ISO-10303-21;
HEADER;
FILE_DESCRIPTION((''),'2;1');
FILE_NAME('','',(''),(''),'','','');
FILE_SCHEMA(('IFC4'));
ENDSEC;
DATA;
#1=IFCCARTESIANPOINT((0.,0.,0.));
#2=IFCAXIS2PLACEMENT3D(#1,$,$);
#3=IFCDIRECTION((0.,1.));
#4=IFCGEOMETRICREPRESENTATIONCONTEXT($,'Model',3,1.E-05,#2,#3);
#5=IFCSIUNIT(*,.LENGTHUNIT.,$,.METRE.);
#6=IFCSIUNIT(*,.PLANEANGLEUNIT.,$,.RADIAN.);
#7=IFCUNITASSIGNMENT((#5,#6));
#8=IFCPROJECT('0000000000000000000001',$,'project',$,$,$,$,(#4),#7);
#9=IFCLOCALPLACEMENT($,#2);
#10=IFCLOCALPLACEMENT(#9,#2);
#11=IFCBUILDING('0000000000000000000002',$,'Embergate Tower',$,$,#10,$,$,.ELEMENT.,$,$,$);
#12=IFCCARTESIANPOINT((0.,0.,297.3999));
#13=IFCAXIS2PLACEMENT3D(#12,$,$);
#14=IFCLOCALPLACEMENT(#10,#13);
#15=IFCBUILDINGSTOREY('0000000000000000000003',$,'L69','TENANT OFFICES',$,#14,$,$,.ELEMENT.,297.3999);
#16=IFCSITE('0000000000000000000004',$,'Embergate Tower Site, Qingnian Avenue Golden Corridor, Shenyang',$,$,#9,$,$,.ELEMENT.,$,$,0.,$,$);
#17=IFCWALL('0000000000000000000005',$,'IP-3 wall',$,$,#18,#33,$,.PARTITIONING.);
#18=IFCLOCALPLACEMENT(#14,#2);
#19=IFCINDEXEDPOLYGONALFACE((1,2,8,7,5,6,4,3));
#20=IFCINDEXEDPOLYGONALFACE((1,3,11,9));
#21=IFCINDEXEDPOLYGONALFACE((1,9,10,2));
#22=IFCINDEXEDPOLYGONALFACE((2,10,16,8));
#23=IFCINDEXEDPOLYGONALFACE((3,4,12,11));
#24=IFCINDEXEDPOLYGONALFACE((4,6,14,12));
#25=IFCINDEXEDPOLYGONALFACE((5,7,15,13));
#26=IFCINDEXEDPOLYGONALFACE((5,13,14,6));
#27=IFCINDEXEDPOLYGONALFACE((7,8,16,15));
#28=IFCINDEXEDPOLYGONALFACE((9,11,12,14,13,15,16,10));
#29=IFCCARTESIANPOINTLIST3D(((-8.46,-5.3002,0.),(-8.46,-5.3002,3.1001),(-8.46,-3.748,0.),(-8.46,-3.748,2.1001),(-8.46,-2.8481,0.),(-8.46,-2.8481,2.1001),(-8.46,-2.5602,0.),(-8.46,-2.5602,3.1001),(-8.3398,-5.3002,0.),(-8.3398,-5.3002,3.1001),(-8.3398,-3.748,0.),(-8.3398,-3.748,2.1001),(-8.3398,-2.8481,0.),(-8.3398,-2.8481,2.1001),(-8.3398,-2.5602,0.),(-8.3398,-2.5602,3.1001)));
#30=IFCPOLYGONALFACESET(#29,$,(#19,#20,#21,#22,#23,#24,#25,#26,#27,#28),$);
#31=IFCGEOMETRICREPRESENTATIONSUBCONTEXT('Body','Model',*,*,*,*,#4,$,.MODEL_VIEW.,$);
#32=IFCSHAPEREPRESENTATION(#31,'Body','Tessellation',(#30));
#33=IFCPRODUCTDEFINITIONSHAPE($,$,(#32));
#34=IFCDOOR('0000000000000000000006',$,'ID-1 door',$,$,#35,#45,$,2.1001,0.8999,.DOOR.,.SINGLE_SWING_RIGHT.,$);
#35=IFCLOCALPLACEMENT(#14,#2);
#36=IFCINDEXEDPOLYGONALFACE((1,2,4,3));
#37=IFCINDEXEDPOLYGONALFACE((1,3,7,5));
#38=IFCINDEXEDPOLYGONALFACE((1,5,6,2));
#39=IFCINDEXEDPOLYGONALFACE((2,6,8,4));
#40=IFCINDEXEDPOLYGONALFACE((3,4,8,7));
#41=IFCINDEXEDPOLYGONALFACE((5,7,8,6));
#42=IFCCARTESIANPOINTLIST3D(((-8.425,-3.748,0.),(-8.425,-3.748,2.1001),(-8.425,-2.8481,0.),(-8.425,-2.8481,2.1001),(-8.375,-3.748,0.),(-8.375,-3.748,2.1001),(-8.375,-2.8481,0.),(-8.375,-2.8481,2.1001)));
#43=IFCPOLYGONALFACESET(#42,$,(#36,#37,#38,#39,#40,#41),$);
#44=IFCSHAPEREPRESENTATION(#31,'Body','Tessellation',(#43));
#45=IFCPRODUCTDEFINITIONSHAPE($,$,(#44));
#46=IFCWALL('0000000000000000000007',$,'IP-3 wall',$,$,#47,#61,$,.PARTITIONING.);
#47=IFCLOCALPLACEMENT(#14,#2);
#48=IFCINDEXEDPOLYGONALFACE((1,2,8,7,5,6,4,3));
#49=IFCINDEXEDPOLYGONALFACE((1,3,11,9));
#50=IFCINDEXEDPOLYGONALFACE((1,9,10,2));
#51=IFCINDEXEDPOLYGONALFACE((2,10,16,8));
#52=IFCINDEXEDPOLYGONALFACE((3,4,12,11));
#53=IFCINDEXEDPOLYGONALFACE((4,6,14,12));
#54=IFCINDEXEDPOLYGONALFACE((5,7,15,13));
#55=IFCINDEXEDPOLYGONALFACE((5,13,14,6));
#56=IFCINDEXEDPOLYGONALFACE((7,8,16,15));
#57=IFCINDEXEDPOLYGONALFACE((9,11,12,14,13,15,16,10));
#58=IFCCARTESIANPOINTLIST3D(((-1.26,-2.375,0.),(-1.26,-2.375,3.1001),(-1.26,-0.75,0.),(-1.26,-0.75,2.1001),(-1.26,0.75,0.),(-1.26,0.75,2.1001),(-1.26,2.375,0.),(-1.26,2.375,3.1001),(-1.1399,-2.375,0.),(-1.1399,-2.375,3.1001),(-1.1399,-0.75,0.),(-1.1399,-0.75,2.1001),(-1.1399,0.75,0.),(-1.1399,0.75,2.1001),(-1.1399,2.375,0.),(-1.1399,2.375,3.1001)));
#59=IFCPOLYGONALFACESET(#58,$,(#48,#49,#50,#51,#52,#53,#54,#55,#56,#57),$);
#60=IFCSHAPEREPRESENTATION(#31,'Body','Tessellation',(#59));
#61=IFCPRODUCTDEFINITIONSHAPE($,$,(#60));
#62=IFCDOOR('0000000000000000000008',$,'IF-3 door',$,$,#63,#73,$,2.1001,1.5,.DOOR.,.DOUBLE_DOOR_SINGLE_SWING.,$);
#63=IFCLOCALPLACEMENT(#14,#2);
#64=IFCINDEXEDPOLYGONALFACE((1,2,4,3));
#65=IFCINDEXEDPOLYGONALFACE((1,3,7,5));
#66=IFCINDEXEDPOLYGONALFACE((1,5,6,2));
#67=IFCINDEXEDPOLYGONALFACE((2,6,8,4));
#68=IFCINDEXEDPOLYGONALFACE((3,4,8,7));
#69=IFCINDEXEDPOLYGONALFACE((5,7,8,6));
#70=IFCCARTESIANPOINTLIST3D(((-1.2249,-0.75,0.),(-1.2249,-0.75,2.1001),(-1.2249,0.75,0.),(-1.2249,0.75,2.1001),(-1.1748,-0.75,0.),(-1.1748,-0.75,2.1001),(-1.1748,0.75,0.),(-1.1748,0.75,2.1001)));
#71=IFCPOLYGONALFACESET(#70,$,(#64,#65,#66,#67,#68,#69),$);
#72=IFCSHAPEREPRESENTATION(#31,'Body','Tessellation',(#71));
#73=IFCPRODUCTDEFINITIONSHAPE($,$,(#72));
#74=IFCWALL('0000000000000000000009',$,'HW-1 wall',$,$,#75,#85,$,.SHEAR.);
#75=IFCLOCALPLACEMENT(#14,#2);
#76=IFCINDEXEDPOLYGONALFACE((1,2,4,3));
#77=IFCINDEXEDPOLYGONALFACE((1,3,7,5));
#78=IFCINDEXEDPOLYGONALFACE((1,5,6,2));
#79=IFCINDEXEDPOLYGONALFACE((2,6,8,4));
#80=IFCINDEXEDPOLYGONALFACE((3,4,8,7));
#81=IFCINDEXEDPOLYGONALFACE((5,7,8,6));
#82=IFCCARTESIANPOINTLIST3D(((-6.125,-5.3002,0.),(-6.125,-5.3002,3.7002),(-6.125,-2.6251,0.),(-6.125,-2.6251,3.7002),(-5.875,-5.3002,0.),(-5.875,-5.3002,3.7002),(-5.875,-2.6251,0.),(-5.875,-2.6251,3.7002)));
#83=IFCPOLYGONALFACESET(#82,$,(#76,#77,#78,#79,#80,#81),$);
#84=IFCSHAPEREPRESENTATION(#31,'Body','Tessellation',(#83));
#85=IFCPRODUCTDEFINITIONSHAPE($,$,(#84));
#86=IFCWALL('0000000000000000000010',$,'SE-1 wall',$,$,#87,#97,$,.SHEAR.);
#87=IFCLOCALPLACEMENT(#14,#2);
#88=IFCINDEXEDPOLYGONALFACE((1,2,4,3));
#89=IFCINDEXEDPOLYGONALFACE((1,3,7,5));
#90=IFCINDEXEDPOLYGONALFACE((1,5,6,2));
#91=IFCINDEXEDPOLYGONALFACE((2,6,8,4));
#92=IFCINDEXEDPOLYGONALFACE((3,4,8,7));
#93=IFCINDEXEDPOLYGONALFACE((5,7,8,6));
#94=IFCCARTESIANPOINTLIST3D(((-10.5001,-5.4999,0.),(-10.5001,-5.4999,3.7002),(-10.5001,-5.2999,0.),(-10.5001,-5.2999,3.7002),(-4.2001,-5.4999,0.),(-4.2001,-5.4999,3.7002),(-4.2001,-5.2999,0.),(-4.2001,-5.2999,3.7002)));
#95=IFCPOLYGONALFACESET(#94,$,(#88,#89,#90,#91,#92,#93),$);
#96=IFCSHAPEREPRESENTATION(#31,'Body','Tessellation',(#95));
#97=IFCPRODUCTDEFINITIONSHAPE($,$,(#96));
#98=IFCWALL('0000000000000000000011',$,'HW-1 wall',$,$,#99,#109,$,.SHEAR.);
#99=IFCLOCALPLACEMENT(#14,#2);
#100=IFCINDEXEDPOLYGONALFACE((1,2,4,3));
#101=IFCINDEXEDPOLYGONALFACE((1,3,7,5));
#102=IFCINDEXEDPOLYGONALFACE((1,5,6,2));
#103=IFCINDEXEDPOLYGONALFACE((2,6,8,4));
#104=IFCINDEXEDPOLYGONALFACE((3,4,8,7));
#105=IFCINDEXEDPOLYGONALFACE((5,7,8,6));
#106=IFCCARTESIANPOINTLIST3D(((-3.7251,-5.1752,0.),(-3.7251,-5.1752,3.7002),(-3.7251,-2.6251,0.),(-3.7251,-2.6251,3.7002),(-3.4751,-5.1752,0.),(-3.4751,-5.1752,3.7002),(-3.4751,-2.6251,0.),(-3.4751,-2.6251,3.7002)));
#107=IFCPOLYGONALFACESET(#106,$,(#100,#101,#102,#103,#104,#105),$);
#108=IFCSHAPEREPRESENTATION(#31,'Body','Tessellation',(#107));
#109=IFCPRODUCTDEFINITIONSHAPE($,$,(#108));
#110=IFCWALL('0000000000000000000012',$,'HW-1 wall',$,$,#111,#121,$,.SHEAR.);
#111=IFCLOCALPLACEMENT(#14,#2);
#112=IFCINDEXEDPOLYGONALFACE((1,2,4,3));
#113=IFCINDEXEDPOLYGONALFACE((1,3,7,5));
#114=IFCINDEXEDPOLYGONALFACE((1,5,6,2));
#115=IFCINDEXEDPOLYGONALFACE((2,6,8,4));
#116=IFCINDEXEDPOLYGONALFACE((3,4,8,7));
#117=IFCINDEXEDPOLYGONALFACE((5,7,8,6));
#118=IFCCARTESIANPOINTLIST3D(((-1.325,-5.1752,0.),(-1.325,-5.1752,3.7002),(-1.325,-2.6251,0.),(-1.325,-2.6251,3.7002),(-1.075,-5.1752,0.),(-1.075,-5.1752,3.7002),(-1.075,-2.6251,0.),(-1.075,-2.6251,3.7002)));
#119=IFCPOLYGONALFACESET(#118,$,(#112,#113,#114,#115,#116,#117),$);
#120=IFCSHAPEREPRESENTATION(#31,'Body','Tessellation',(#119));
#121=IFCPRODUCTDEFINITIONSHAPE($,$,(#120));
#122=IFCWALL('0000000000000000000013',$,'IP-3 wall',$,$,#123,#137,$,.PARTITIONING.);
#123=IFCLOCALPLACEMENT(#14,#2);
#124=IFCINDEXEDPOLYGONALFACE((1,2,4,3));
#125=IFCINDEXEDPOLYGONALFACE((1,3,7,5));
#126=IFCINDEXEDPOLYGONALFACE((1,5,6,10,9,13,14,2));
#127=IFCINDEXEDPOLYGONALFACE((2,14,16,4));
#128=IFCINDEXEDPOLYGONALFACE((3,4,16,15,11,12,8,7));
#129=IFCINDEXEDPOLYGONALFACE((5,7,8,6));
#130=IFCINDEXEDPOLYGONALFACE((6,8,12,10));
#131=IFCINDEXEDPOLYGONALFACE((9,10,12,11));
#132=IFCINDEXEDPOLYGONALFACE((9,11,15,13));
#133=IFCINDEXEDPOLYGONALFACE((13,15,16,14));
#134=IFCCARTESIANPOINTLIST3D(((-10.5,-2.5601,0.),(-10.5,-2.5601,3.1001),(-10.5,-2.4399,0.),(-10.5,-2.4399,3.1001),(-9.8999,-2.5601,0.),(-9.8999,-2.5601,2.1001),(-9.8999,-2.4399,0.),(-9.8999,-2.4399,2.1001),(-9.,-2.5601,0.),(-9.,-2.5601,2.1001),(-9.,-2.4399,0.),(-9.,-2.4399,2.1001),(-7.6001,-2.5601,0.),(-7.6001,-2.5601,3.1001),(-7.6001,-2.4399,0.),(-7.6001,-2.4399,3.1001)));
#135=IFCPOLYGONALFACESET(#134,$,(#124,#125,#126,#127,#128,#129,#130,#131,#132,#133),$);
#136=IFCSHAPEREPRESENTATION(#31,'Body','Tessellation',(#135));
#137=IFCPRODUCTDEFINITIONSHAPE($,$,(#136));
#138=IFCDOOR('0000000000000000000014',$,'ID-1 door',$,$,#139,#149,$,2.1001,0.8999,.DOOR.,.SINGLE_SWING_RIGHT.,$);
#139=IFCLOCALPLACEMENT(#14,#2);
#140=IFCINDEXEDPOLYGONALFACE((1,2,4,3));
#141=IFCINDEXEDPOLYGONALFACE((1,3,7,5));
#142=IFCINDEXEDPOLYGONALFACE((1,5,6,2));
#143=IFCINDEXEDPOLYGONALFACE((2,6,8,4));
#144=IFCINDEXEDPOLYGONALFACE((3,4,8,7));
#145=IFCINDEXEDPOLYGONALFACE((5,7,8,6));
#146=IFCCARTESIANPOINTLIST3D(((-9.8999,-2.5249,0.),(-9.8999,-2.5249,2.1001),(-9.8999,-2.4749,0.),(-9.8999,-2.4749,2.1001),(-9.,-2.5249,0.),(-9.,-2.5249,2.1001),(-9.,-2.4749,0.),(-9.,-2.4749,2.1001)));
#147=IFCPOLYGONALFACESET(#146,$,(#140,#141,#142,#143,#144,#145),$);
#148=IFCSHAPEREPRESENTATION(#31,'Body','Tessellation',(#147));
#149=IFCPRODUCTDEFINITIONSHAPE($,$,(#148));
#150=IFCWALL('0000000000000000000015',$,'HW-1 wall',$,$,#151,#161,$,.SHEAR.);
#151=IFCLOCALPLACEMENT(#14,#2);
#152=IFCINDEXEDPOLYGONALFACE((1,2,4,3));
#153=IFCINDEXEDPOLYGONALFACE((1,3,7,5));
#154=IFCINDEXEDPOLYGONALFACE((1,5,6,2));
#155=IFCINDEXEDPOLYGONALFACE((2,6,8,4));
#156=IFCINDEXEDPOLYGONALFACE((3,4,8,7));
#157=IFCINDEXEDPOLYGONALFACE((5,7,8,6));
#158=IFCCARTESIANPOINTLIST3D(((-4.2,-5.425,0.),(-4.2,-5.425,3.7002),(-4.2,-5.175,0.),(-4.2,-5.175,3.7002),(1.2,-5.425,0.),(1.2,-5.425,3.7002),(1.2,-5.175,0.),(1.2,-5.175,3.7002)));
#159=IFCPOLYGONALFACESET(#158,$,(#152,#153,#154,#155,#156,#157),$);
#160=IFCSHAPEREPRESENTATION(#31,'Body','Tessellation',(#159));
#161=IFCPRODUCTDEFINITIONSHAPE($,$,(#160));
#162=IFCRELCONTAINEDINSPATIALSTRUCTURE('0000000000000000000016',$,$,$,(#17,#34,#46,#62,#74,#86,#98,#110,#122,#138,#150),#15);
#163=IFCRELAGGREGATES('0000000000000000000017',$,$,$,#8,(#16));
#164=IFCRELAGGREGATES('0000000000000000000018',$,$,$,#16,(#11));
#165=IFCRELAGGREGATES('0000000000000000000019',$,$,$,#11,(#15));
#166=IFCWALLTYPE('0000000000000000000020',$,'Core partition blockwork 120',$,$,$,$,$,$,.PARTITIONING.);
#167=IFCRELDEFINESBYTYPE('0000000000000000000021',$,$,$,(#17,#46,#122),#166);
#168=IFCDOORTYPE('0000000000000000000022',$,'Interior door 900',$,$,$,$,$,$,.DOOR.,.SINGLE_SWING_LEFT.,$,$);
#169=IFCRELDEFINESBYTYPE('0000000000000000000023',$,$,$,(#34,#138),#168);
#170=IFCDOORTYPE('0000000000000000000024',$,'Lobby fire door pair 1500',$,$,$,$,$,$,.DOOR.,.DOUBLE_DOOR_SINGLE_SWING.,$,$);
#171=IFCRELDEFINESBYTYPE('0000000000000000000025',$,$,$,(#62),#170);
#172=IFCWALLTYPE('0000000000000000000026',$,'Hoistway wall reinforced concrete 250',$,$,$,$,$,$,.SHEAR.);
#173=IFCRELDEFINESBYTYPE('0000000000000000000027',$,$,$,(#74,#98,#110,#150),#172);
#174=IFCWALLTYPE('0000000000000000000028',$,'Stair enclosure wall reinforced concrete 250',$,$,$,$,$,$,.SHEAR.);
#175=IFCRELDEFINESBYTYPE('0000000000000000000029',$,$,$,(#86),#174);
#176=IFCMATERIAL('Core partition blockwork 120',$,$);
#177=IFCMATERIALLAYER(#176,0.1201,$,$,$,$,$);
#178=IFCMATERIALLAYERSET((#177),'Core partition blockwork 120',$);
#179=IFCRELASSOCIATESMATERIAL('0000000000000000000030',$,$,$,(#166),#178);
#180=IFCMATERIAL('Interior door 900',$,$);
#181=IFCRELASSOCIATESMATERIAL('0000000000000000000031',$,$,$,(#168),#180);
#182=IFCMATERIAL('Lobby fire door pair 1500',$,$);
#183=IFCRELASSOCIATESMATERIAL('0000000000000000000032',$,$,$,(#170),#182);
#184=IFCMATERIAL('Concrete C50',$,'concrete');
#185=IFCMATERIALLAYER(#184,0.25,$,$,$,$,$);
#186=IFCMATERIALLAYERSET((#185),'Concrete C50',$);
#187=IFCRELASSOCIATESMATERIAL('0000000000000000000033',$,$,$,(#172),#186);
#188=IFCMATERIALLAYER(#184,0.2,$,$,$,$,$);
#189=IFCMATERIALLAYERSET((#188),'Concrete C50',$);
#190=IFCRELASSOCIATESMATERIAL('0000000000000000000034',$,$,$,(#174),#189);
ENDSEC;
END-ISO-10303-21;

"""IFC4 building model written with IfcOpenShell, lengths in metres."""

from ifc_helpers import new_model, si_unit, direction, frame, frame_2d, origin, place, context, subcontext, project, spatial, rectangle, extrude, source, transform, mapped, material, layer, layer_set, type_object, element, fill, save


model = new_model("IFC4")

# Units and contexts
model_context = context("Model", 3, precision=1e-05, world=origin(), true_north=direction((0.0, 1.0)))
body_context = subcontext(model_context, "Body", "Model", "MODEL_VIEW")
ifc_project = project(units=[si_unit("LENGTHUNIT", "METRE"), si_unit("PLANEANGLEUNIT", "RADIAN")], contexts=[model_context])

# Site, building, storey
site_placement = place(None, origin())
site = spatial("IfcSite", under=ifc_project, at=site_placement, Name="Embergate Tower Site, Qingnian Avenue Golden Corridor, Shenyang", CompositionType="ELEMENT", RefElevation=0.0)
building_placement = place(site_placement, origin())
building = spatial("IfcBuilding", under=site, at=building_placement, Name="Embergate Tower", CompositionType="ELEMENT")
storey_placement = place(building_placement, frame((0.0, 0.0, 297.3999)))
storey = spatial("IfcBuildingStorey", under=building, at=storey_placement, Name="L69", Description="TENANT OFFICES", CompositionType="ELEMENT", Elevation=297.3999)

# Walls, openings, doors
ifc_material_1 = material(Name="Core partition blockwork 120")
ifc_layer_1 = layer(ifc_material_1, 0.1201)
ifc_layer_set_1 = layer_set([ifc_layer_1], Name="Core partition blockwork 120")
wall_type_1 = type_object("IfcWallType", Name="Core partition blockwork 120", PredefinedType="PARTITIONING", material=ifc_layer_set_1)
shared_shape_1 = source(origin(), body_context, "Body", "SweptSolid", [
    extrude(rectangle(XDim=2.74, YDim=0.1201, at=frame_2d((1.3701, 0.0))), origin(), (0.0, 0.0, 1.0), 3.1001),
])
wall_1_placement = place(storey_placement, frame((-8.3999, -2.5601, 0.0), z_axis=(0.0, 0.0, 1.0), x_axis=(0.0, -1.0, 0.0)))
wall_1 = element("IfcWall", 1, at=wall_1_placement, inside=storey, type_object=wall_type_1, Name="IP-3 wall", PredefinedType="PARTITIONING", context=body_context, shape_type="MappedRepresentation", body=[
    mapped(shared_shape_1, transform((0.0, 0.0, 0.0))),
])
shared_shape_2 = source(origin(), body_context, "Body", "SweptSolid", [
    extrude(rectangle(XDim=0.8999, YDim=2.1001, at=frame_2d((0.45, 1.05))), frame((0.0, 0.0701, 0.0), z_axis=(0.0, -1.0, 0.0), x_axis=(1.0, 0.0, 0.0)), (0.0, 0.0, 1.0), 0.1401),
])
opening_1_placement = place(wall_1_placement, frame((0.2881, 0.0, 0.0)))
opening_1 = element("IfcOpeningElement", 2, at=opening_1_placement, cuts=wall_1, PredefinedType="OPENING", context=body_context, shape_type="MappedRepresentation", body=[
    mapped(shared_shape_2, transform((0.0, 0.0, 0.0))),
])
ifc_material_2 = material(Name="Interior door 900")
door_type_1 = type_object("IfcDoorType", Name="Interior door 900", OperationType="SINGLE_SWING_LEFT", PredefinedType="DOOR", material=ifc_material_2)
shared_shape_3 = source(origin(), body_context, "Body", "SweptSolid", [
    extrude(rectangle(XDim=0.8999, YDim=2.1001, at=frame_2d((0.45, 1.05))), frame((0.0, 0.0249, 0.0), z_axis=(0.0, -1.0, 0.0), x_axis=(1.0, 0.0, 0.0)), (0.0, 0.0, 1.0), 0.05),
])
door_1_placement = place(opening_1_placement, origin())
door_1 = element("IfcDoor", 3, at=door_1_placement, inside=storey, type_object=door_type_1, Name="ID-1 door", OperationType="SINGLE_SWING_RIGHT", OverallHeight=2.1001, OverallWidth=0.8999, PredefinedType="DOOR", context=body_context, shape_type="MappedRepresentation", body=[
    mapped(shared_shape_3, transform((0.0, 0.0, 0.0))),
])
fill(opening_1, door_1)
shared_shape_4 = source(origin(), body_context, "Body", "SweptSolid", [
    extrude(rectangle(XDim=4.75, YDim=0.1201, at=frame_2d((2.375, 0.0))), origin(), (0.0, 0.0, 1.0), 3.1001),
])
wall_2_placement = place(storey_placement, frame((-1.2, -2.375, 0.0), z_axis=(0.0, 0.0, 1.0), x_axis=(0.0, 1.0, 0.0)))
wall_2 = element("IfcWall", 4, at=wall_2_placement, inside=storey, type_object=wall_type_1, Name="IP-3 wall", PredefinedType="PARTITIONING", context=body_context, shape_type="MappedRepresentation", body=[
    mapped(shared_shape_4, transform((0.0, 0.0, 0.0))),
])
shared_shape_5 = source(origin(), body_context, "Body", "SweptSolid", [
    extrude(rectangle(XDim=1.5, YDim=2.1001, at=frame_2d((0.75, 1.05))), frame((0.0, 0.0701, 0.0), z_axis=(0.0, -1.0, 0.0), x_axis=(1.0, 0.0, 0.0)), (0.0, 0.0, 1.0), 0.1401),
])
opening_2_placement = place(wall_2_placement, frame((1.625, 0.0, 0.0)))
opening_2 = element("IfcOpeningElement", 5, at=opening_2_placement, cuts=wall_2, PredefinedType="OPENING", context=body_context, shape_type="MappedRepresentation", body=[
    mapped(shared_shape_5, transform((0.0, 0.0, 0.0))),
])
ifc_material_3 = material(Name="Lobby fire door pair 1500")
door_type_2 = type_object("IfcDoorType", Name="Lobby fire door pair 1500", OperationType="DOUBLE_DOOR_SINGLE_SWING", PredefinedType="DOOR", material=ifc_material_3)
shared_shape_6 = source(origin(), body_context, "Body", "SweptSolid", [
    extrude(rectangle(XDim=1.5, YDim=2.1001, at=frame_2d((0.75, 1.05))), frame((0.0, 0.0249, 0.0), z_axis=(0.0, -1.0, 0.0), x_axis=(1.0, 0.0, 0.0)), (0.0, 0.0, 1.0), 0.05),
])
door_2_placement = place(opening_2_placement, origin())
door_2 = element("IfcDoor", 6, at=door_2_placement, inside=storey, type_object=door_type_2, Name="IF-3 door", OperationType="DOUBLE_DOOR_SINGLE_SWING", OverallHeight=2.1001, OverallWidth=1.5, PredefinedType="DOOR", context=body_context, shape_type="MappedRepresentation", body=[
    mapped(shared_shape_6, transform((0.0, 0.0, 0.0))),
])
fill(opening_2, door_2)

# Walls
ifc_material_4 = material(Name="Concrete C50", Category="concrete")
ifc_layer_2 = layer(ifc_material_4, 0.25)
ifc_layer_set_2 = layer_set([ifc_layer_2], Name="Concrete C50")
wall_type_2 = type_object("IfcWallType", Name="Hoistway wall reinforced concrete 250", PredefinedType="SHEAR", material=ifc_layer_set_2)
shared_shape_7 = source(origin(), body_context, "Body", "SweptSolid", [
    extrude(rectangle(XDim=2.675, YDim=0.25, at=frame_2d((1.3374, 0.0))), origin(), (0.0, 0.0, 1.0), 3.7002),
])
wall_3_placement = place(storey_placement, frame((-6.0, -5.3, 0.0), z_axis=(0.0, 0.0, 1.0), x_axis=(0.0, 1.0, 0.0)))
element("IfcWall", 7, at=wall_3_placement, inside=storey, type_object=wall_type_2, Name="HW-1 wall", PredefinedType="SHEAR", context=body_context, shape_type="MappedRepresentation", body=[
    mapped(shared_shape_7, transform((0.0, 0.0, 0.0))),
])
ifc_layer_3 = layer(ifc_material_4, 0.2)
ifc_layer_set_3 = layer_set([ifc_layer_3], Name="Concrete C50")
wall_type_3 = type_object("IfcWallType", Name="Stair enclosure wall reinforced concrete 250", PredefinedType="SHEAR", material=ifc_layer_set_3)
shared_shape_8 = source(origin(), body_context, "Body", "SweptSolid", [
    extrude(rectangle(XDim=6.3, YDim=0.2, at=frame_2d((3.1499, 0.0))), origin(), (0.0, 0.0, 1.0), 3.7002),
])
wall_4_placement = place(storey_placement, frame((-10.5, -5.3999, 0.0), z_axis=(0.0, 0.0, 1.0), x_axis=(1.0, 0.0, 0.0)))
element("IfcWall", 8, at=wall_4_placement, inside=storey, type_object=wall_type_3, Name="SE-1 wall", PredefinedType="SHEAR", context=body_context, shape_type="MappedRepresentation", body=[
    mapped(shared_shape_8, transform((0.0, 0.0, 0.0))),
])
shared_shape_9 = source(origin(), body_context, "Body", "SweptSolid", [
    extrude(rectangle(XDim=2.55, YDim=0.25, at=frame_2d((1.2749, 0.0))), origin(), (0.0, 0.0, 1.0), 3.7002),
])
for number, where, z_axis, x_axis, name in (
    (9, (-3.6001, -5.175, 0.0), (0.0, 0.0, 1.0), (0.0, 1.0, 0.0), "HW-1 wall"),
    (10, (-1.2, -5.175, 0.0), (0.0, 0.0, 1.0), (0.0, 1.0, 0.0), "HW-1 wall"),
):
    element("IfcWall", number, at=place(storey_placement, frame(where, z_axis=z_axis, x_axis=x_axis)), inside=storey, type_object=wall_type_2, Name=name, PredefinedType="SHEAR", context=body_context, shape_type="MappedRepresentation", body=[
        mapped(shared_shape_9, transform((0.0, 0.0, 0.0))),
    ])

# Wall, opening, door
shared_shape_10 = source(origin(), body_context, "Body", "SweptSolid", [
    extrude(rectangle(XDim=2.8999, YDim=0.1201, at=frame_2d((1.45, 0.0))), origin(), (0.0, 0.0, 1.0), 3.1001),
])
wall_5_placement = place(storey_placement, frame((-7.6001, -2.5, 0.0), z_axis=(0.0, 0.0, 1.0), x_axis=(-1.0, 0.0, 0.0)))
wall_5 = element("IfcWall", 11, at=wall_5_placement, inside=storey, type_object=wall_type_1, Name="IP-3 wall", PredefinedType="PARTITIONING", context=body_context, shape_type="MappedRepresentation", body=[
    mapped(shared_shape_10, transform((0.0, 0.0, 0.0))),
])
opening_3_placement = place(wall_5_placement, frame((1.3999, 0.0, 0.0)))
opening_3 = element("IfcOpeningElement", 12, at=opening_3_placement, cuts=wall_5, PredefinedType="OPENING", context=body_context, shape_type="MappedRepresentation", body=[
    mapped(shared_shape_2, transform((0.0, 0.0, 0.0))),
])
door_3_placement = place(opening_3_placement, origin())
door_3 = element("IfcDoor", 13, at=door_3_placement, inside=storey, type_object=door_type_1, Name="ID-1 door", OperationType="SINGLE_SWING_RIGHT", OverallHeight=2.1001, OverallWidth=0.8999, PredefinedType="DOOR", context=body_context, shape_type="MappedRepresentation", body=[
    mapped(shared_shape_3, transform((0.0, 0.0, 0.0))),
])
fill(opening_3, door_3)

# Wall
shared_shape_11 = source(origin(), body_context, "Body", "SweptSolid", [
    extrude(rectangle(XDim=5.3999, YDim=0.25, at=frame_2d((2.7, 0.0))), origin(), (0.0, 0.0, 1.0), 3.7002),
])
wall_6_placement = place(storey_placement, frame((-4.2, -5.3, 0.0), z_axis=(0.0, 0.0, 1.0), x_axis=(1.0, 0.0, 0.0)))
element("IfcWall", 14, at=wall_6_placement, inside=storey, type_object=wall_type_2, Name="HW-1 wall", PredefinedType="SHEAR", context=body_context, shape_type="MappedRepresentation", body=[
    mapped(shared_shape_11, transform((0.0, 0.0, 0.0))),
])

save(model, "model.ifc")
